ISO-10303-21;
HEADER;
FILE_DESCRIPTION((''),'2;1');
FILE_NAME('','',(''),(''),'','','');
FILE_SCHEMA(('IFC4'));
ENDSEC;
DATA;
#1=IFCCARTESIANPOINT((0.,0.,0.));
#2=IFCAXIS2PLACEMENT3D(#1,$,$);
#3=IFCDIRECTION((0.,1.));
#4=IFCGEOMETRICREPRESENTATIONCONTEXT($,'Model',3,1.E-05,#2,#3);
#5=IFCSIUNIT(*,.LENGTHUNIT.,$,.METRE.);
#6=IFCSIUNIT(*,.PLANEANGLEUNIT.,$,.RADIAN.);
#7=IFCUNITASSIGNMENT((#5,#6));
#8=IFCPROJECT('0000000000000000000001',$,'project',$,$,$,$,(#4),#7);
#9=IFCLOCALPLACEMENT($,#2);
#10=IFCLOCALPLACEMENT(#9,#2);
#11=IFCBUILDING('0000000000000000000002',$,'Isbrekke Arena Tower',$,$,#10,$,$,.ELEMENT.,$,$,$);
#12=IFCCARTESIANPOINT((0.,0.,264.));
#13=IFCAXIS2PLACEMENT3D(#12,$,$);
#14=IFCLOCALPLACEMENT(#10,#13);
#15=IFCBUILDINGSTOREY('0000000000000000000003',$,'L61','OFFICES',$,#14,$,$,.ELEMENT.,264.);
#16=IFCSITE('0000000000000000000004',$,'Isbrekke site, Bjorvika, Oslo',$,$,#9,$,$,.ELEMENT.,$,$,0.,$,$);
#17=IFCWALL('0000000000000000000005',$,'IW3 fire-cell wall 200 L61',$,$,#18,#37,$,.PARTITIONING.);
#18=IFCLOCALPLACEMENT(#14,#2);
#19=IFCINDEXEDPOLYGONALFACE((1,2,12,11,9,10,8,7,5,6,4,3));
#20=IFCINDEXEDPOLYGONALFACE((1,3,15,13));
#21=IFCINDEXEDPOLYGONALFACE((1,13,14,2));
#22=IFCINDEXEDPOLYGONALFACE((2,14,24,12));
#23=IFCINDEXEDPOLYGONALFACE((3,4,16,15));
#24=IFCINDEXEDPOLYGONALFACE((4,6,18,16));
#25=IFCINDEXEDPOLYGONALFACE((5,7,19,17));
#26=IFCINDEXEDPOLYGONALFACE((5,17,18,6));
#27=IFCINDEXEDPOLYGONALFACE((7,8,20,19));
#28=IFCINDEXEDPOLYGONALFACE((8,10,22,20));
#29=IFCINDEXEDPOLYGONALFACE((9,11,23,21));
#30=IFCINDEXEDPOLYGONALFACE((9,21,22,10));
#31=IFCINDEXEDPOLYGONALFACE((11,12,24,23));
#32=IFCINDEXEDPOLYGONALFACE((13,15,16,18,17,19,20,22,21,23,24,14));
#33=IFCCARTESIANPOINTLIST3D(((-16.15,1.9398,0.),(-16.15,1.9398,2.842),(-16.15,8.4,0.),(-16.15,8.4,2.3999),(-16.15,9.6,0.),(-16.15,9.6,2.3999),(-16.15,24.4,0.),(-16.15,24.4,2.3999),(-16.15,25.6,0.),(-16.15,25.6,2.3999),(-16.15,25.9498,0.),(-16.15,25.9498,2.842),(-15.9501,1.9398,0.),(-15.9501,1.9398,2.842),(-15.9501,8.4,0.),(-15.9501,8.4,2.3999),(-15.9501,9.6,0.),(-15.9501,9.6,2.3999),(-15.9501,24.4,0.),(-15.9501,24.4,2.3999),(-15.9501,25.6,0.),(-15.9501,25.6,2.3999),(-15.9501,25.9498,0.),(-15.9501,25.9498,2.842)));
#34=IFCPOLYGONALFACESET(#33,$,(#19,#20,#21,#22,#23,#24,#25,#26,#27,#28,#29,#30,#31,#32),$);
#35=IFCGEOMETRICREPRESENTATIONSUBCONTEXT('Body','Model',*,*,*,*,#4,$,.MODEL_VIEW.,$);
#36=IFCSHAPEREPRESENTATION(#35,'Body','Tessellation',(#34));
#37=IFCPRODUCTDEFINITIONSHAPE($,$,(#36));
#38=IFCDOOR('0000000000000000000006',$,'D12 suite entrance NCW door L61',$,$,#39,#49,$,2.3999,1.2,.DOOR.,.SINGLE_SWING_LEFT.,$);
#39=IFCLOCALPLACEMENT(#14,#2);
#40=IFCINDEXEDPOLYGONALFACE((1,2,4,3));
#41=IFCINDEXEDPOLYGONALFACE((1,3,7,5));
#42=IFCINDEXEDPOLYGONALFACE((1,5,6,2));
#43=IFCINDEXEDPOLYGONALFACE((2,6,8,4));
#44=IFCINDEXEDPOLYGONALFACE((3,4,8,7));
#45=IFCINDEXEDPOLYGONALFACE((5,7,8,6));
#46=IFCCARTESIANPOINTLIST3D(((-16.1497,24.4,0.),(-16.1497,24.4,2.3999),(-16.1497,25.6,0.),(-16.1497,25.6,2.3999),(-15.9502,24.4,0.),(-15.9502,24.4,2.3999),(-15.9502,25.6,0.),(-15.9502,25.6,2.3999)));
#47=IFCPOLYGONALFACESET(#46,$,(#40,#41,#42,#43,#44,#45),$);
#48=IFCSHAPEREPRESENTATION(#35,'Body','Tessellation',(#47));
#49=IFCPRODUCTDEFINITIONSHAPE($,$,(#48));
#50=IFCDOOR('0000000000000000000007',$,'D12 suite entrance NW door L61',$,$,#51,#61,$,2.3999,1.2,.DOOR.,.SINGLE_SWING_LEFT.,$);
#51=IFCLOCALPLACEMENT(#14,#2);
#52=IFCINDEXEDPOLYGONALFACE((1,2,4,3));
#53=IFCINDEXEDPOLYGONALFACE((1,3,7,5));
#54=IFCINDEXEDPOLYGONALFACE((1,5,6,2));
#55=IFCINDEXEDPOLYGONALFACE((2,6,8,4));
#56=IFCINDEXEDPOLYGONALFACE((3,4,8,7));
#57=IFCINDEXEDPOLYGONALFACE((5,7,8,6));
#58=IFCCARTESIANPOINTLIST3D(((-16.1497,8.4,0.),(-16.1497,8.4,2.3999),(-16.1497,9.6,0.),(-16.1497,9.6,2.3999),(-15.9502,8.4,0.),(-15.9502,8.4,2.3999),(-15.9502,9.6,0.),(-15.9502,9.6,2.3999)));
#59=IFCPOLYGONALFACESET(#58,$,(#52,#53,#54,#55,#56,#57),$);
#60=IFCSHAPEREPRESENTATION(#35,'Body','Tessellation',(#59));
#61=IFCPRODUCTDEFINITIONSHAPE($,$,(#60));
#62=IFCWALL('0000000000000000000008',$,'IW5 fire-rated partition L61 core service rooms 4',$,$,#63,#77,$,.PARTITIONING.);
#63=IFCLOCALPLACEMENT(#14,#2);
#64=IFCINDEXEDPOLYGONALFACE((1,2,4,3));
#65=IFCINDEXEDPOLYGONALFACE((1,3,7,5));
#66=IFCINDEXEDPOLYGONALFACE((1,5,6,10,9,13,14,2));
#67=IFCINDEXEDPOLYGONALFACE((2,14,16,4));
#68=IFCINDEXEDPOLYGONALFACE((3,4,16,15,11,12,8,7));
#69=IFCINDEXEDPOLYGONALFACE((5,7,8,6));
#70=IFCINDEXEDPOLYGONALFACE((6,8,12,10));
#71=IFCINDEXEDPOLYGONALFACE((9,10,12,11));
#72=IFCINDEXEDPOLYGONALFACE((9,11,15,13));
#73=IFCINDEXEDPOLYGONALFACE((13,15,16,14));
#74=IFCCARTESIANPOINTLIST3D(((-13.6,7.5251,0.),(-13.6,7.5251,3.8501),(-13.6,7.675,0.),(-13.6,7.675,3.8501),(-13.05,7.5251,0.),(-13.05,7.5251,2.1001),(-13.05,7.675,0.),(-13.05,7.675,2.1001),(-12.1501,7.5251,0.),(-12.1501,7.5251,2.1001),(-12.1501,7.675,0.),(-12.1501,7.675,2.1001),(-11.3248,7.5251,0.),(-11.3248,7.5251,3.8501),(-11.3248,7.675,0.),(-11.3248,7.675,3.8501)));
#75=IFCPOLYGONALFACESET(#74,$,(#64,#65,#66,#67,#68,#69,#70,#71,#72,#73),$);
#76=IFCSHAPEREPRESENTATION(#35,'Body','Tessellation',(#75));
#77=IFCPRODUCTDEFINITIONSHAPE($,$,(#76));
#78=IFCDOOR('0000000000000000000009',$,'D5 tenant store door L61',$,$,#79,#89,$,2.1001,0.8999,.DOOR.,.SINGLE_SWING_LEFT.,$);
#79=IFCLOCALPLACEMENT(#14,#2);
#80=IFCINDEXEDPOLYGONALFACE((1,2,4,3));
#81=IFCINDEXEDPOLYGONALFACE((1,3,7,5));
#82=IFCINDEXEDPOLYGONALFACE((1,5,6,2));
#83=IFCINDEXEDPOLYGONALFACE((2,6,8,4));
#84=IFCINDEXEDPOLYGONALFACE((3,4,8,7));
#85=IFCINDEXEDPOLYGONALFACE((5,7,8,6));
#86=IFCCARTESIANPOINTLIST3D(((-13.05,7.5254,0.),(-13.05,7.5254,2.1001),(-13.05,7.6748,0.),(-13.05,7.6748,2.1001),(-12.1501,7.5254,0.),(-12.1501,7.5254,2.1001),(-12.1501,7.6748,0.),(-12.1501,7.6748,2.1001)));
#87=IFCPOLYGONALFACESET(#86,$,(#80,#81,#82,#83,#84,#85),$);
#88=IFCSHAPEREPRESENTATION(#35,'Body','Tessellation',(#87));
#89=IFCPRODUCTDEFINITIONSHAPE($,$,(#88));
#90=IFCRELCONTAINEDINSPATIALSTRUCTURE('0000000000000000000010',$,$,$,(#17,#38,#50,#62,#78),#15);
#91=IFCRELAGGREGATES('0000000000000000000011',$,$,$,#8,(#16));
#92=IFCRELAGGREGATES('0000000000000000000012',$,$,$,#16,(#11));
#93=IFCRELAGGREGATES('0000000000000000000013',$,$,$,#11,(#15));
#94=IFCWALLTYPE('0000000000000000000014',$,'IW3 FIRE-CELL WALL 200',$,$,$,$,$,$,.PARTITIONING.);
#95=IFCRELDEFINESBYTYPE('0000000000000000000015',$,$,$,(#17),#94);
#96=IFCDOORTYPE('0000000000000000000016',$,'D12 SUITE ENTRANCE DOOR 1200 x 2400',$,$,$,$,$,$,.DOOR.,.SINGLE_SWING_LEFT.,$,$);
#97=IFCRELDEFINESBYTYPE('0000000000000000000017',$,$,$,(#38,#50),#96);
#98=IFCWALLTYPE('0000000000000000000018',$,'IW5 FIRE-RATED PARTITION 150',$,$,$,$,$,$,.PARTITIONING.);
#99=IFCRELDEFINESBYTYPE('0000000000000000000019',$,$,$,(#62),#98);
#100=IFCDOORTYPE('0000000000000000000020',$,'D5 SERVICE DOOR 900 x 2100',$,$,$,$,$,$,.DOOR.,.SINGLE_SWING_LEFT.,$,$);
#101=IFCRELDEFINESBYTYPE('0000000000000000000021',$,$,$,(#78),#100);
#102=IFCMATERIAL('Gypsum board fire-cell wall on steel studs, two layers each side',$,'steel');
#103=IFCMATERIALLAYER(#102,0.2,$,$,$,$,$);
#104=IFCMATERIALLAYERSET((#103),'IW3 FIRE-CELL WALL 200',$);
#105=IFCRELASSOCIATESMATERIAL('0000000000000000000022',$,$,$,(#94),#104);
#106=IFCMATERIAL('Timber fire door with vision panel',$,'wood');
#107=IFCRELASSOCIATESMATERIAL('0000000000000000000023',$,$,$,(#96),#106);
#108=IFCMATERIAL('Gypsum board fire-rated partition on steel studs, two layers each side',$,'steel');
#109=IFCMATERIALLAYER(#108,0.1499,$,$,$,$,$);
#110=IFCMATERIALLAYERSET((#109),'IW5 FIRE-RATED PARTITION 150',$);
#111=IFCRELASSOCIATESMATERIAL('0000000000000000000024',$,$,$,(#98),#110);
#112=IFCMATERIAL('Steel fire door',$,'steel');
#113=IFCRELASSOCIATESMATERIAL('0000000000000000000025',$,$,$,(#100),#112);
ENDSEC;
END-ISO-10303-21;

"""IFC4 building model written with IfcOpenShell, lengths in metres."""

from ifc_helpers import new_model, si_unit, direction, frame, frame_2d, origin, place, context, subcontext, project, spatial, rectangle, extrude, material, layer, layer_set, type_object, element, fill, save


model = new_model("IFC4")

# Units and contexts
model_context = context("Model", 3, precision=1e-05, world=origin(), true_north=direction((0.0, 1.0)))
body_context = subcontext(model_context, "Body", "Model", "MODEL_VIEW")
ifc_project = project(units=[si_unit("LENGTHUNIT", "METRE"), si_unit("PLANEANGLEUNIT", "RADIAN")], contexts=[model_context])

# Site, building, storey
site_placement = place(None, origin())
site = spatial("IfcSite", under=ifc_project, at=site_placement, Name="Isbrekke site, Bjorvika, Oslo", CompositionType="ELEMENT", RefElevation=0.0)
building_placement = place(site_placement, origin())
building = spatial("IfcBuilding", under=site, at=building_placement, Name="Isbrekke Arena Tower", CompositionType="ELEMENT")
storey_placement = place(building_placement, frame((0.0, 0.0, 264.0)))
storey = spatial("IfcBuildingStorey", under=building, at=storey_placement, Name="L61", Description="OFFICES", CompositionType="ELEMENT", Elevation=264.0)

# Wall, openings, doors
ifc_material_1 = material(Name="Gypsum board fire-cell wall on steel studs, two layers each side", Category="steel")
ifc_layer_1 = layer(ifc_material_1, 0.2)
ifc_layer_set_1 = layer_set([ifc_layer_1], Name="IW3 FIRE-CELL WALL 200")
wall_type_1 = type_object("IfcWallType", Name="IW3 FIRE-CELL WALL 200", PredefinedType="PARTITIONING", material=ifc_layer_set_1)
ifc_material_2 = material(Name="Timber fire door with vision panel", Category="wood")
door_type_1 = type_object("IfcDoorType", Name="D12 SUITE ENTRANCE DOOR 1200 x 2400", OperationType="SINGLE_SWING_LEFT", PredefinedType="DOOR", material=ifc_material_2)
wall_1_placement = place(storey_placement, frame((-16.05, 1.9399, 0.0), z_axis=(0.0, 0.0, 1.0), x_axis=(0.0, 1.0, 0.0)))
wall_1 = element("IfcWall", 1, at=wall_1_placement, inside=storey, type_object=wall_type_1, Name="IW3 fire-cell wall 200 L61", PredefinedType="PARTITIONING", context=body_context, shape_type="SweptSolid", body=[
    extrude(rectangle(XDim=24.01, YDim=0.2, at=frame_2d((12.0049, 0.0))), origin(), (0.0, 0.0, 1.0), 2.842),
])
opening_1_placement = place(wall_1_placement, frame((22.46, 0.0, 0.0)))
opening_1 = element("IfcOpeningElement", 2, at=opening_1_placement, cuts=wall_1, PredefinedType="OPENING", context=body_context, shape_type="SweptSolid", body=[
    extrude(rectangle(XDim=1.2, YDim=2.3999, at=frame_2d((0.6001, 1.2))), frame((0.0, 0.1147, 0.0), z_axis=(0.0, -1.0, 0.0), x_axis=(1.0, 0.0, 0.0)), (0.0, 0.0, 1.0), 0.2297),
])
opening_2_placement = place(wall_1_placement, frame((6.46, 0.0, 0.0)))
opening_2 = element("IfcOpeningElement", 3, at=opening_2_placement, cuts=wall_1, PredefinedType="OPENING", context=body_context, shape_type="SweptSolid", body=[
    extrude(rectangle(XDim=1.2, YDim=2.3999, at=frame_2d((0.6001, 1.2))), frame((0.0, 0.1147, 0.0), z_axis=(0.0, -1.0, 0.0), x_axis=(1.0, 0.0, 0.0)), (0.0, 0.0, 1.0), 0.2297),
])
door_1_placement = place(opening_1_placement, origin())
door_1 = element("IfcDoor", 4, at=door_1_placement, inside=storey, type_object=door_type_1, Name="D12 suite entrance NCW door L61", OperationType="SINGLE_SWING_LEFT", OverallHeight=2.3999, OverallWidth=1.2, PredefinedType="DOOR", context=body_context, shape_type="SweptSolid", body=[
    extrude(rectangle(XDim=1.2, YDim=2.3999, at=frame_2d((0.6001, 1.2))), frame((0.0, 0.0996, 0.0), z_axis=(0.0, -1.0, 0.0), x_axis=(1.0, 0.0, 0.0)), (0.0, 0.0, 1.0), 0.1995),
])
fill(opening_1, door_1)
door_2_placement = place(opening_2_placement, origin())
door_2 = element("IfcDoor", 5, at=door_2_placement, inside=storey, type_object=door_type_1, Name="D12 suite entrance NW door L61", OperationType="SINGLE_SWING_LEFT", OverallHeight=2.3999, OverallWidth=1.2, PredefinedType="DOOR", context=body_context, shape_type="SweptSolid", body=[
    extrude(rectangle(XDim=1.2, YDim=2.3999, at=frame_2d((0.6001, 1.2))), frame((0.0, 0.0996, 0.0), z_axis=(0.0, -1.0, 0.0), x_axis=(1.0, 0.0, 0.0)), (0.0, 0.0, 1.0), 0.1995),
])
fill(opening_2, door_2)

# Wall, opening, door
ifc_material_3 = material(Name="Gypsum board fire-rated partition on steel studs, two layers each side", Category="steel")
ifc_layer_2 = layer(ifc_material_3, 0.1499)
ifc_layer_set_2 = layer_set([ifc_layer_2], Name="IW5 FIRE-RATED PARTITION 150")
wall_type_2 = type_object("IfcWallType", Name="IW5 FIRE-RATED PARTITION 150", PredefinedType="PARTITIONING", material=ifc_layer_set_2)
wall_2_placement = place(storey_placement, frame((-13.6001, 7.6001, 0.0), z_axis=(0.0, 0.0, 1.0), x_axis=(1.0, 0.0, 0.0)))
wall_2 = element("IfcWall", 6, at=wall_2_placement, inside=storey, type_object=wall_type_2, Name="IW5 fire-rated partition L61 core service rooms 4", PredefinedType="PARTITIONING", context=body_context, shape_type="SweptSolid", body=[
    extrude(rectangle(XDim=2.2751, YDim=0.1499, at=frame_2d((1.1377, 0.0))), origin(), (0.0, 0.0, 1.0), 3.8501),
])
opening_3_placement = place(wall_2_placement, frame((0.55, 0.0, 0.0)))
opening_3 = element("IfcOpeningElement", 7, at=opening_3_placement, cuts=wall_2, PredefinedType="OPENING", context=body_context, shape_type="SweptSolid", body=[
    extrude(rectangle(XDim=0.8999, YDim=2.1001, at=frame_2d((0.45, 1.05))), frame((0.0, 0.0898, 0.0), z_axis=(0.0, -1.0, 0.0), x_axis=(1.0, 0.0, 0.0)), (0.0, 0.0, 1.0), 0.1797),
])
ifc_material_4 = material(Name="Steel fire door", Category="steel")
door_type_2 = type_object("IfcDoorType", Name="D5 SERVICE DOOR 900 x 2100", OperationType="SINGLE_SWING_LEFT", PredefinedType="DOOR", material=ifc_material_4)
door_3_placement = place(opening_3_placement, origin())
door_3 = element("IfcDoor", 8, at=door_3_placement, inside=storey, type_object=door_type_2, Name="D5 tenant store door L61", OperationType="SINGLE_SWING_LEFT", OverallHeight=2.1001, OverallWidth=0.8999, PredefinedType="DOOR", context=body_context, shape_type="SweptSolid", body=[
    extrude(rectangle(XDim=0.8999, YDim=2.1001, at=frame_2d((0.45, 1.05))), frame((0.0, 0.0747, 0.0), z_axis=(0.0, -1.0, 0.0), x_axis=(1.0, 0.0, 0.0)), (0.0, 0.0, 1.0), 0.1494),
])
fill(opening_3, door_3)

save(model, "model.ifc")
